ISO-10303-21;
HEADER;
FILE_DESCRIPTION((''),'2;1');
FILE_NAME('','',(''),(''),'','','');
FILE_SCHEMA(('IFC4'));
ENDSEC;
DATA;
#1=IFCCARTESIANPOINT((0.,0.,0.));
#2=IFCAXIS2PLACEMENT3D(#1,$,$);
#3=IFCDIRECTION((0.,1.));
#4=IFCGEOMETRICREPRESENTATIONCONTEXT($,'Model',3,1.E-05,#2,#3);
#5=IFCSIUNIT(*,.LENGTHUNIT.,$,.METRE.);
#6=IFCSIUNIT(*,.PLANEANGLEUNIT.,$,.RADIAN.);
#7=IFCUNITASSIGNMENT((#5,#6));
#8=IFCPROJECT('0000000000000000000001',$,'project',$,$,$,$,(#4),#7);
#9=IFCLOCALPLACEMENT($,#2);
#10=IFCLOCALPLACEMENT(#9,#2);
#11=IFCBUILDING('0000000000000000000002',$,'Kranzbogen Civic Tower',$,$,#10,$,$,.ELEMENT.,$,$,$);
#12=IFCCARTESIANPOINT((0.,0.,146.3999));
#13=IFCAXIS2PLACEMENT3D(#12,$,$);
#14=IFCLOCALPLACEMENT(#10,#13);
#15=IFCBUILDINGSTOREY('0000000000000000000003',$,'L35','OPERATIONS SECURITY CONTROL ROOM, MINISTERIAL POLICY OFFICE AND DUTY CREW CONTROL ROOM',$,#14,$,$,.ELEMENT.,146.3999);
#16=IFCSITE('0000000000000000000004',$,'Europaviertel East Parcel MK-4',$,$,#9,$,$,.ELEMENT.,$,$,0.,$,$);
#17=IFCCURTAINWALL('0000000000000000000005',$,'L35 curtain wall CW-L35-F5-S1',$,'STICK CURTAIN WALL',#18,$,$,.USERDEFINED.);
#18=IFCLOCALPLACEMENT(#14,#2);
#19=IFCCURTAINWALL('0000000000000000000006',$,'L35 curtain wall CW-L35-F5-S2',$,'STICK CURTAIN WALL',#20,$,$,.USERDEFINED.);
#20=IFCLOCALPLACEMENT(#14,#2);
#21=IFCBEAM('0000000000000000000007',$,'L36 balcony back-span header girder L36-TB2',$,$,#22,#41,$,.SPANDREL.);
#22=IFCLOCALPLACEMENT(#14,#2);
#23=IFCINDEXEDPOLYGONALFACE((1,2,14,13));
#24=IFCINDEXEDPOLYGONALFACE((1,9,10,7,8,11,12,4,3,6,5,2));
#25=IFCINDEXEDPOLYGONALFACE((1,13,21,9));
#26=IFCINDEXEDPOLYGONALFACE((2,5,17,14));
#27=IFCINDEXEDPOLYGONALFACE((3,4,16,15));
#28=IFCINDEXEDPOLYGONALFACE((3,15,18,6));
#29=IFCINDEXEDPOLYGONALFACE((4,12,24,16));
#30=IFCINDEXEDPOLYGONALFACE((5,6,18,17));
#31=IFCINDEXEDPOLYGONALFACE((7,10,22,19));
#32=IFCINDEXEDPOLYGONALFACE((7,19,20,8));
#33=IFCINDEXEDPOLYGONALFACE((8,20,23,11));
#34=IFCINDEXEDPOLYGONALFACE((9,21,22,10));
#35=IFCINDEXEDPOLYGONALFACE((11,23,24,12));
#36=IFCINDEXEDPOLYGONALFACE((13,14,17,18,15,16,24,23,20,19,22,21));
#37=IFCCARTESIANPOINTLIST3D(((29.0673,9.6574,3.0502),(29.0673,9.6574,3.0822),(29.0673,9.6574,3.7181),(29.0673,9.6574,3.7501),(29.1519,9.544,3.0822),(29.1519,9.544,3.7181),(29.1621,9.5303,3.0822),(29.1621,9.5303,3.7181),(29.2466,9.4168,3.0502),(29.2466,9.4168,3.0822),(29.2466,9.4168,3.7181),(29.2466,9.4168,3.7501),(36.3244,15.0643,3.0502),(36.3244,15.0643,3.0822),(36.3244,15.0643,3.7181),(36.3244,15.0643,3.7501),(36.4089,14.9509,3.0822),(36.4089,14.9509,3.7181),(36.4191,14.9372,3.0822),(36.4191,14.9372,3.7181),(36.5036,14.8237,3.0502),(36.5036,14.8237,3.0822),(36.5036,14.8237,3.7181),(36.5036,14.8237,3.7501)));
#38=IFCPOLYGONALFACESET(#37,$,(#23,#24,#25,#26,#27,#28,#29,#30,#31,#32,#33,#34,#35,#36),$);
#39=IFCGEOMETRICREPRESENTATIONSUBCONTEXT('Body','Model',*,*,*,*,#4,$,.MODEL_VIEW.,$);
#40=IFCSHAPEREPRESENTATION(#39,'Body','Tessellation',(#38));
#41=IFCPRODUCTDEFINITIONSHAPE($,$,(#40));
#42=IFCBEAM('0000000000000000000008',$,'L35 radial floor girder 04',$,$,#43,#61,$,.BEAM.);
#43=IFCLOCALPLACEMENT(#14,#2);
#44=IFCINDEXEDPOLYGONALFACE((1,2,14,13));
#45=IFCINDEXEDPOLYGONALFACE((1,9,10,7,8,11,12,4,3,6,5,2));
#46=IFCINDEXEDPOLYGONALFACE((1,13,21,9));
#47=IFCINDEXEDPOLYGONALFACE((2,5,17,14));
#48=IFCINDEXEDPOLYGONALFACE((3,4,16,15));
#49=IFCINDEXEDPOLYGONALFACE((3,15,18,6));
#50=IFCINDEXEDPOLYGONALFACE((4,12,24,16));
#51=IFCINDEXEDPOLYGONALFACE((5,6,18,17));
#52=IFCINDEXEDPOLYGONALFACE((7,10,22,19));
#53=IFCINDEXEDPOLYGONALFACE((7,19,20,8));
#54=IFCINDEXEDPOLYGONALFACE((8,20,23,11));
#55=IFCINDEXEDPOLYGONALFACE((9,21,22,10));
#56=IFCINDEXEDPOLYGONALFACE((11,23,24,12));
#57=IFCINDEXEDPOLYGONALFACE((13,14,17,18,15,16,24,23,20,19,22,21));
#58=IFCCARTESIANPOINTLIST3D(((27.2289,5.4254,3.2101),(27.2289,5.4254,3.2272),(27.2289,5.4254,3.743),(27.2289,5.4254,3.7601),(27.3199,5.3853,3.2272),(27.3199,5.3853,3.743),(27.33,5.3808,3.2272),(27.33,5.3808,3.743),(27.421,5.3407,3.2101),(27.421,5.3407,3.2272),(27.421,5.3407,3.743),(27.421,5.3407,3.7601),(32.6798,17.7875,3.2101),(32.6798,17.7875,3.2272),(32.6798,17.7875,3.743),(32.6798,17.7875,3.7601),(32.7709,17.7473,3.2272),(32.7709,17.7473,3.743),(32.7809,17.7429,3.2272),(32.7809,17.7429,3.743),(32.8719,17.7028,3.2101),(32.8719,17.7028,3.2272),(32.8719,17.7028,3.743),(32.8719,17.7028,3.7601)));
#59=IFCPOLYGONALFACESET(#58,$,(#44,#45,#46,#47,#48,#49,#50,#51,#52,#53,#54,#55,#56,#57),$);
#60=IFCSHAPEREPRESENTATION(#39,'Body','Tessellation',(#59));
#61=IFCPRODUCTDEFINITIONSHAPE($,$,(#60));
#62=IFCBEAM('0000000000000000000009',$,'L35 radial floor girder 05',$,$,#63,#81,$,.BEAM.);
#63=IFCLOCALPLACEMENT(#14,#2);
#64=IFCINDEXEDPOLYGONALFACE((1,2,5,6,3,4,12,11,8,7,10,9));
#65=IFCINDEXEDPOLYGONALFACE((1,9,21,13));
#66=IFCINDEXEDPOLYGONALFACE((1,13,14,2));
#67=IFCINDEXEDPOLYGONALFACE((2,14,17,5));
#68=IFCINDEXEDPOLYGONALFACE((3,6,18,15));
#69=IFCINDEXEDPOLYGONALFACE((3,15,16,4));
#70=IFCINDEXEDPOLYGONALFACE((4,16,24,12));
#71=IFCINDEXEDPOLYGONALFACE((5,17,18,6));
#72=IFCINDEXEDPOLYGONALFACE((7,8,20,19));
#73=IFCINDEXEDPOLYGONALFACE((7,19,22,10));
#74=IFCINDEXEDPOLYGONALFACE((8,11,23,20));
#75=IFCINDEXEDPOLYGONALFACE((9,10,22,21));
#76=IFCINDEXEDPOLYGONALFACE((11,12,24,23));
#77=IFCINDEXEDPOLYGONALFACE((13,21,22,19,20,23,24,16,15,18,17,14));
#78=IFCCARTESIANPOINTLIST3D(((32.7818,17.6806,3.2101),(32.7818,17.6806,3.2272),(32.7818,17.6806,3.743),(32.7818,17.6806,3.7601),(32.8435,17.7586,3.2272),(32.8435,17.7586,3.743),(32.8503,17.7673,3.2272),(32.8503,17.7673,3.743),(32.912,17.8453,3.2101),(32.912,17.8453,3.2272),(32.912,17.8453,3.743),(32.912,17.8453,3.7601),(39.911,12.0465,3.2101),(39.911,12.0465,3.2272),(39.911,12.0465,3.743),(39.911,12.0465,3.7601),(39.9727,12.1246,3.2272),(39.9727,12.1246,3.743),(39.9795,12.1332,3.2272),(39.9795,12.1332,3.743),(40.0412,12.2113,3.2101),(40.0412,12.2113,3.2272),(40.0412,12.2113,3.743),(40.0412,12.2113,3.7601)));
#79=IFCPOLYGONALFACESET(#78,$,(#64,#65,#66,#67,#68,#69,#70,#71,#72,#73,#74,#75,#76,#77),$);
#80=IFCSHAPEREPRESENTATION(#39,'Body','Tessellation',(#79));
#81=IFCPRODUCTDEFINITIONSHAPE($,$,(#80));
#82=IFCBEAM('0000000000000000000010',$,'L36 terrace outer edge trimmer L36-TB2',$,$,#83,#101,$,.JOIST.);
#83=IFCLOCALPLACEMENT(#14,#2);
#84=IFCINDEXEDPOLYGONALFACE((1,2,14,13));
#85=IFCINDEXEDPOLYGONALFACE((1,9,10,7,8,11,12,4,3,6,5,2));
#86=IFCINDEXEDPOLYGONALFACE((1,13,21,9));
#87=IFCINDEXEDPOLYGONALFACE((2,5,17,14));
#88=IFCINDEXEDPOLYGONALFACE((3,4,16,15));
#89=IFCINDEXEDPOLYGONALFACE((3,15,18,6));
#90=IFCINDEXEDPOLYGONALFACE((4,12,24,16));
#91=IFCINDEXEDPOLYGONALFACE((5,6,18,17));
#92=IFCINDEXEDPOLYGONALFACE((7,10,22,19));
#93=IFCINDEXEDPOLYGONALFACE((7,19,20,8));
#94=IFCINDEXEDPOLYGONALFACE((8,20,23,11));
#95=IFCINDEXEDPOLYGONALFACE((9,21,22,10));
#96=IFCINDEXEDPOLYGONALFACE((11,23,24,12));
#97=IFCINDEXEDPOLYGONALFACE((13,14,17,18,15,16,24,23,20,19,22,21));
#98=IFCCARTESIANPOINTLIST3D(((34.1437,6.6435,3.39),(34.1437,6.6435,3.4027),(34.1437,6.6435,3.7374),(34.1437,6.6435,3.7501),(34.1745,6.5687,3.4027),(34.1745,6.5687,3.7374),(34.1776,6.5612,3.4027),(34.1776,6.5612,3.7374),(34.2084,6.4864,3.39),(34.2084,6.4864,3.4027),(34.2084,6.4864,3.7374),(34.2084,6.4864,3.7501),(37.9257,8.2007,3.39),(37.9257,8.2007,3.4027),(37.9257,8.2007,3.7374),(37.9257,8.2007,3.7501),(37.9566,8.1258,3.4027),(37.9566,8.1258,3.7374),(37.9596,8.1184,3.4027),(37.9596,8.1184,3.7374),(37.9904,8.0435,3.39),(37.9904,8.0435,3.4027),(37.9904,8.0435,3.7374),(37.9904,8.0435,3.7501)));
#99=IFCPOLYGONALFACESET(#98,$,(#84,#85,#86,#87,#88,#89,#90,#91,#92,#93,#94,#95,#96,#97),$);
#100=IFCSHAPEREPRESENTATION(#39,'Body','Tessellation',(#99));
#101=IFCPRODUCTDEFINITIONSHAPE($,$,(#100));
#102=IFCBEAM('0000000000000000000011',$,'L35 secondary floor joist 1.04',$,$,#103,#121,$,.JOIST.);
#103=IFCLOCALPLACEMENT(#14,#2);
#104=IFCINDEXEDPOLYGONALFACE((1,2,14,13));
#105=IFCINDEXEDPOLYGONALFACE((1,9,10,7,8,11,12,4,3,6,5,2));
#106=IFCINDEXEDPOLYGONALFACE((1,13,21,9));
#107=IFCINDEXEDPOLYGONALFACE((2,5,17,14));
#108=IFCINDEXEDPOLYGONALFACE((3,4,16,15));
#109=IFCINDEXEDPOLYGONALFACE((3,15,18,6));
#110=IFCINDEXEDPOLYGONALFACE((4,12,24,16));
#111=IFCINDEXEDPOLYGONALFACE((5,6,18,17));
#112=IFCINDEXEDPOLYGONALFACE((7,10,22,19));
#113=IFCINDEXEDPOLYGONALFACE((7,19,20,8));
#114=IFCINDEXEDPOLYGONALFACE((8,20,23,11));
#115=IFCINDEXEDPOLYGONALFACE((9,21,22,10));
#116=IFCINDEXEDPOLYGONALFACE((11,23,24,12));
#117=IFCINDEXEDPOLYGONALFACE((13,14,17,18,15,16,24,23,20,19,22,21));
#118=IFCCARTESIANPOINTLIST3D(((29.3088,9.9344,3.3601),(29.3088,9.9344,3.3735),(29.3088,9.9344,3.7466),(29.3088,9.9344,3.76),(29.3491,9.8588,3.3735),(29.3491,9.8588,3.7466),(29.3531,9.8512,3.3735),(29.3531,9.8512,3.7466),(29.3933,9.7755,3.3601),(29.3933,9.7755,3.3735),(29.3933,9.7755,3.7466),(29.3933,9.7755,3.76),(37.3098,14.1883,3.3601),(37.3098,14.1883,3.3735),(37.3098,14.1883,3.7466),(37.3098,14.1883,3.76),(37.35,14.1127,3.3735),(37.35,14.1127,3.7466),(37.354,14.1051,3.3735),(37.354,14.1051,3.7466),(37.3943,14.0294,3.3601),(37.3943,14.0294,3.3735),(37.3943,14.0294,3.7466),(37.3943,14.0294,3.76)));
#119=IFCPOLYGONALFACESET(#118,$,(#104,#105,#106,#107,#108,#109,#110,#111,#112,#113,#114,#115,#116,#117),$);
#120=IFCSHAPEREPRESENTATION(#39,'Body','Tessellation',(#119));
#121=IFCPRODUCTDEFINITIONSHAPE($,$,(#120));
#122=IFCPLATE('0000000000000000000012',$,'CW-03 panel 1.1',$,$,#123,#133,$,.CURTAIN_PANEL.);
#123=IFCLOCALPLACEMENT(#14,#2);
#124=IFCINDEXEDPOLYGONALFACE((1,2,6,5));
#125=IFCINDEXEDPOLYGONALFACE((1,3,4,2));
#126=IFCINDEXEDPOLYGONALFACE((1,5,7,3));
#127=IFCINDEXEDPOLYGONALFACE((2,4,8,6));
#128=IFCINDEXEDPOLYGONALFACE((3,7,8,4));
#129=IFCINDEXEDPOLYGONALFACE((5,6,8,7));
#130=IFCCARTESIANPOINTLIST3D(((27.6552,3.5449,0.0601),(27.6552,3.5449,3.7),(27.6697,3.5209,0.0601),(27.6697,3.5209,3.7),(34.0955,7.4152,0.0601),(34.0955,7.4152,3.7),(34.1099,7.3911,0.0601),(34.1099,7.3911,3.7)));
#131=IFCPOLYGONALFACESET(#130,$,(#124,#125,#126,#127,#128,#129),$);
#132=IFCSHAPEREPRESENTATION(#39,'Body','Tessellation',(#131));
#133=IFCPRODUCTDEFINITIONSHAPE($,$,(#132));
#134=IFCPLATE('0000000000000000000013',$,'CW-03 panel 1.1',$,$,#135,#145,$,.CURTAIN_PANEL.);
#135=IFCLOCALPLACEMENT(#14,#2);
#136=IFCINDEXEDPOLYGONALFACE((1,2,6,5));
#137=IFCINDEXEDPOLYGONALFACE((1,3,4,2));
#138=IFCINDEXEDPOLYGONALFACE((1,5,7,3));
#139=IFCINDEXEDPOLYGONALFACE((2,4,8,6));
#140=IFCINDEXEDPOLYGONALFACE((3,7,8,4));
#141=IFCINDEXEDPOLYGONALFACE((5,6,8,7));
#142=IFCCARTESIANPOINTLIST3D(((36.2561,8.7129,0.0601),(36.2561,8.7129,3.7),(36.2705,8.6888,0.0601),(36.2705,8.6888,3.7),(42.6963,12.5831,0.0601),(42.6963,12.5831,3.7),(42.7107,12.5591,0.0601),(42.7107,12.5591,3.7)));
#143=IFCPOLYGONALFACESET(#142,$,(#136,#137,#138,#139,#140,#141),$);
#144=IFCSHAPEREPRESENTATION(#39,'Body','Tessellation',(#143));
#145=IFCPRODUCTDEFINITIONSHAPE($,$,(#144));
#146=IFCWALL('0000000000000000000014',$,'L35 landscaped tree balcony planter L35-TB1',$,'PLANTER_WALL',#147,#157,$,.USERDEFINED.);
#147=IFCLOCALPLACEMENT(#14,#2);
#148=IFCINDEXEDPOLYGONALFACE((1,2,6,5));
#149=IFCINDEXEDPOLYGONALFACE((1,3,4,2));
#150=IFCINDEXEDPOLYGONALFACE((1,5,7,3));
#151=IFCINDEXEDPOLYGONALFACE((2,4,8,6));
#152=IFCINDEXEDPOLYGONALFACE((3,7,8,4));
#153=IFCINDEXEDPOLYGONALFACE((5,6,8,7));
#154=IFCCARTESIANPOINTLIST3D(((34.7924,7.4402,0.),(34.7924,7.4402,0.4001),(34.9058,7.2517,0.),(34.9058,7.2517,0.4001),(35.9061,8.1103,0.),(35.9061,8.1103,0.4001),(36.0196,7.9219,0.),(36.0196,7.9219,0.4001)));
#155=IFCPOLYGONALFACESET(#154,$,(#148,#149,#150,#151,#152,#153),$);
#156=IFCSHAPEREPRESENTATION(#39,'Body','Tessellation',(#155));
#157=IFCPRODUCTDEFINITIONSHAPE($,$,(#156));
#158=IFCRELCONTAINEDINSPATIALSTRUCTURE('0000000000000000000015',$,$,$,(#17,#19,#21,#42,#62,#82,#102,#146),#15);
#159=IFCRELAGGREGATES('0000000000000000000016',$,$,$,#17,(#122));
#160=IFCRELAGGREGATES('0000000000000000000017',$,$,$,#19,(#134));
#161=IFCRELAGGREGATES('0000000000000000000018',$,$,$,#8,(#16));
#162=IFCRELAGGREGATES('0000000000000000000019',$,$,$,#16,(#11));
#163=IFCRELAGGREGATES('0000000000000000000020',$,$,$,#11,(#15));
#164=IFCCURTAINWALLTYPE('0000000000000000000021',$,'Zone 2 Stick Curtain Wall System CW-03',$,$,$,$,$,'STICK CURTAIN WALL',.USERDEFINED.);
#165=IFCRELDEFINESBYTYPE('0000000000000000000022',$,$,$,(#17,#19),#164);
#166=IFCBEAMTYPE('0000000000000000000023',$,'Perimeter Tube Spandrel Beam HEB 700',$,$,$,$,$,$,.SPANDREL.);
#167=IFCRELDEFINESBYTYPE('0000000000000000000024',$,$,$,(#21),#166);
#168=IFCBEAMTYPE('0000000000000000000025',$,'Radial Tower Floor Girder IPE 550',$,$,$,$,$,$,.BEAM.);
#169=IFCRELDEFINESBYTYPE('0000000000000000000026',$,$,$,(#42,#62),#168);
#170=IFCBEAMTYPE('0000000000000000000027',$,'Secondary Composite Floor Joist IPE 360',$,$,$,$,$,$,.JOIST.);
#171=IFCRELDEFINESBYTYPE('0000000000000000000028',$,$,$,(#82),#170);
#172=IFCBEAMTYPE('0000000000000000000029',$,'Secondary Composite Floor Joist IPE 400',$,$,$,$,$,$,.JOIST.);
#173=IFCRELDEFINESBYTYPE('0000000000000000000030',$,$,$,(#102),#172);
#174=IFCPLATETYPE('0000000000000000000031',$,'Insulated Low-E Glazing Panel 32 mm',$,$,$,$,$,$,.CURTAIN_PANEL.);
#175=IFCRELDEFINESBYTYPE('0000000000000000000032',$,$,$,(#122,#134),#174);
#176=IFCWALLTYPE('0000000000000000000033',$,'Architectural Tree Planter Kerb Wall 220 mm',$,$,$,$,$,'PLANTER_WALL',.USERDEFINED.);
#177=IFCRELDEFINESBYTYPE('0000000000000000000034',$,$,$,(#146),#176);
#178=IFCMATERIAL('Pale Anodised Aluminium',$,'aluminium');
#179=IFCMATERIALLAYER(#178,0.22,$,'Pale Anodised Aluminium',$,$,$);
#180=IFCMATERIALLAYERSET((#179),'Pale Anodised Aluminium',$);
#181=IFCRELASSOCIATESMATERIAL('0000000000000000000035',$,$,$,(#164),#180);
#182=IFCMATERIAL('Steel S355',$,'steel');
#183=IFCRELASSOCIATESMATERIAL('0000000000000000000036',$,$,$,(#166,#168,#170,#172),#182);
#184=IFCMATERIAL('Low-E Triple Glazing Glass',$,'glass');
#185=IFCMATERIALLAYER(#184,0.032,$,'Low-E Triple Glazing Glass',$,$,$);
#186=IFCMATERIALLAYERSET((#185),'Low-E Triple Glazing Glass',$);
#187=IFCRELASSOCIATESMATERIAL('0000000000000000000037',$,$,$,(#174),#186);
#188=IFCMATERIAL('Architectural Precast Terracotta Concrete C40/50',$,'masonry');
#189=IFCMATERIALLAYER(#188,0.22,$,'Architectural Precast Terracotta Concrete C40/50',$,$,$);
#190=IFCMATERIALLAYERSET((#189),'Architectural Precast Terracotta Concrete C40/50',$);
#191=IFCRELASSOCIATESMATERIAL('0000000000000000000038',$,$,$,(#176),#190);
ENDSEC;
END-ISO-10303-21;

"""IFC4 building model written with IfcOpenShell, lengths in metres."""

from ifc_helpers import new_model, si_unit, direction, frame, frame_2d, origin, origin_2d, place, context, subcontext, project, spatial, rectangle, i_section, extrude, material, layer, layer_set, material_profile, profile_set, type_object, element, aggregate, save


model = new_model("IFC4")

# Units and contexts
model_context = context("Model", 3, precision=1e-05, world=origin(), true_north=direction((0.0, 1.0)))
body_context = subcontext(model_context, "Body", "Model", "MODEL_VIEW")
ifc_project = project(units=[si_unit("LENGTHUNIT", "METRE"), si_unit("PLANEANGLEUNIT", "RADIAN")], contexts=[model_context])

# Site, building, storey
site_placement = place(None, origin())
site = spatial("IfcSite", under=ifc_project, at=site_placement, Name="Europaviertel East Parcel MK-4", CompositionType="ELEMENT", RefElevation=0.0)
building_placement = place(site_placement, origin())
building = spatial("IfcBuilding", under=site, at=building_placement, Name="Kranzbogen Civic Tower", CompositionType="ELEMENT")
storey_placement = place(building_placement, frame((0.0, 0.0, 146.3999)))
storey = spatial("IfcBuildingStorey", under=building, at=storey_placement, Name="L35", Description="OPERATIONS SECURITY CONTROL ROOM, MINISTERIAL POLICY OFFICE AND DUTY CREW CONTROL ROOM", CompositionType="ELEMENT", Elevation=146.3999)

# Shared definitions
ifc_material_1 = material(Name="Steel S355", Category="steel")

# Curtain wall
ifc_material_2 = material(Name="Pale Anodised Aluminium", Category="aluminium")
ifc_layer_1 = layer(ifc_material_2, 0.22, Name="Pale Anodised Aluminium")
ifc_layer_set_1 = layer_set([ifc_layer_1], Name="Pale Anodised Aluminium")
curtain_wall_type = type_object("IfcCurtainWallType", Name="Zone 2 Stick Curtain Wall System CW-03", ElementType="STICK CURTAIN WALL", PredefinedType="USERDEFINED", material=ifc_layer_set_1)
curtain_wall_1_placement = place(storey_placement, origin())
curtain_wall_1 = element("IfcCurtainWall", 1, at=curtain_wall_1_placement, inside=storey, type_object=curtain_wall_type, Name="L35 curtain wall CW-L35-F5-S1", ObjectType="STICK CURTAIN WALL", PredefinedType="USERDEFINED")

# Curtain wall
curtain_wall_2_placement = place(storey_placement, origin())
curtain_wall_2 = element("IfcCurtainWall", 2, at=curtain_wall_2_placement, inside=storey, type_object=curtain_wall_type, Name="L35 curtain wall CW-L35-F5-S2", ObjectType="STICK CURTAIN WALL", PredefinedType="USERDEFINED")

# Beams
ifc_material_profile_1 = material_profile(ifc_material_1, i_section(OverallWidth=0.3, OverallDepth=0.7, WebThickness=0.0171, FlangeThickness=0.032, at=origin_2d()), Name="HEB 700")
ifc_profile_set_1 = profile_set([ifc_material_profile_1], Name="Steel S355")
beam_type_1 = type_object("IfcBeamType", Name="Perimeter Tube Spandrel Beam HEB 700", PredefinedType="SPANDREL", material=ifc_profile_set_1)
beam_1_placement = place(storey_placement, frame((29.157, 9.5371, 3.4001), z_axis=(0.801896, 0.597463, 0.0), x_axis=(-0.597463, 0.801896, 0.0)))
element("IfcBeam", 3, at=beam_1_placement, inside=storey, type_object=beam_type_1, Name="L36 balcony back-span header girder L36-TB2", PredefinedType="SPANDREL", context=body_context, shape_type="SweptSolid", body=[
    extrude(i_section(OverallWidth=0.3, OverallDepth=0.7, WebThickness=0.0171, FlangeThickness=0.032, at=origin_2d()), origin(), (0.0, 0.0, 1.0), 9.0498),
])
ifc_material_profile_2 = material_profile(ifc_material_1, i_section(OverallWidth=0.21, OverallDepth=0.55, WebThickness=0.011, FlangeThickness=0.0171, at=origin_2d()), Name="IPE 550")
ifc_profile_set_2 = profile_set([ifc_material_profile_2], Name="Steel S355")
beam_type_2 = type_object("IfcBeamType", Name="Radial Tower Floor Girder IPE 550", PredefinedType="BEAM", material=ifc_profile_set_2)
beam_2_placement = place(storey_placement, frame((27.325, 5.3831, 3.4851), z_axis=(0.403459, 0.914998, 0.0), x_axis=(-0.914998, 0.403459, 0.0)))
element("IfcBeam", 4, at=beam_2_placement, inside=storey, type_object=beam_type_2, Name="L35 radial floor girder 04", PredefinedType="BEAM", context=body_context, shape_type="SweptSolid", body=[
    extrude(i_section(OverallWidth=0.21, OverallDepth=0.55, WebThickness=0.011, FlangeThickness=0.0171, at=origin_2d()), origin(), (0.0, 0.0, 1.0), 13.5105),
])
beam_3_placement = place(storey_placement, frame((39.9761, 12.1289, 3.4851), z_axis=(-0.784575, 0.620034, 0.0), x_axis=(-0.620034, -0.784575, 0.0)))
element("IfcBeam", 5, at=beam_3_placement, inside=storey, type_object=beam_type_2, Name="L35 radial floor girder 05", PredefinedType="BEAM", context=body_context, shape_type="SweptSolid", body=[
    extrude(i_section(OverallWidth=0.21, OverallDepth=0.55, WebThickness=0.011, FlangeThickness=0.0171, at=origin_2d()), origin(), (0.0, 0.0, 1.0), 9.0867),
])
ifc_material_profile_3 = material_profile(ifc_material_1, i_section(OverallWidth=0.1699, OverallDepth=0.3601, WebThickness=0.0081, FlangeThickness=0.0127, at=origin_2d()), Name="IPE 360")
ifc_profile_set_3 = profile_set([ifc_material_profile_3], Name="Steel S355")
beam_type_3 = type_object("IfcBeamType", Name="Secondary Composite Floor Joist IPE 360", PredefinedType="JOIST", material=ifc_profile_set_3)
beam_4_placement = place(storey_placement, frame((34.176, 6.5649, 3.5701), z_axis=(0.924692, 0.380717, 0.0), x_axis=(-0.380717, 0.924692, 0.0)))
element("IfcBeam", 6, at=beam_4_placement, inside=storey, type_object=beam_type_3, Name="L36 terrace outer edge trimmer L36-TB2", PredefinedType="JOIST", context=body_context, shape_type="SweptSolid", body=[
    extrude(i_section(OverallWidth=0.1699, OverallDepth=0.3601, WebThickness=0.0081, FlangeThickness=0.0127, at=origin_2d()), origin(), (0.0, 0.0, 1.0), 4.0901),
])
ifc_material_profile_4 = material_profile(ifc_material_1, i_section(OverallWidth=0.1799, OverallDepth=0.3999, WebThickness=0.0085, FlangeThickness=0.0134, at=origin_2d()), Name="IPE 400")
ifc_profile_set_4 = profile_set([ifc_material_profile_4], Name="Steel S355")
beam_type_4 = type_object("IfcBeamType", Name="Secondary Composite Floor Joist IPE 400", PredefinedType="JOIST", material=ifc_profile_set_4)
beam_5_placement = place(storey_placement, frame((29.3511, 9.855, 3.5601), z_axis=(0.882961, 0.469447, 0.0), x_axis=(-0.469447, 0.882961, 0.0)))
element("IfcBeam", 7, at=beam_5_placement, inside=storey, type_object=beam_type_4, Name="L35 secondary floor joist 1.04", PredefinedType="JOIST", context=body_context, shape_type="SweptSolid", body=[
    extrude(i_section(OverallWidth=0.1799, OverallDepth=0.3999, WebThickness=0.0085, FlangeThickness=0.0134, at=origin_2d()), origin(), (0.0, 0.0, 1.0), 9.0615),
])

# Plates
ifc_material_3 = material(Name="Low-E Triple Glazing Glass", Category="glass")
ifc_layer_2 = layer(ifc_material_3, 0.032, Name="Low-E Triple Glazing Glass")
ifc_layer_set_2 = layer_set([ifc_layer_2], Name="Low-E Triple Glazing Glass")
plate_type = type_object("IfcPlateType", Name="Insulated Low-E Glazing Panel 32 mm", PredefinedType="CURTAIN_PANEL", material=ifc_layer_set_2)
plate_1_placement = place(storey_placement, frame((30.8826, 5.468, 0.0601), z_axis=(0.0, 0.0, 1.0), x_axis=(0.857134, 0.515093, 0.0)))
plate_1 = element("IfcPlate", 8, at=plate_1_placement, type_object=plate_type, Name="CW-03 panel 1.1", PredefinedType="CURTAIN_PANEL", context=body_context, shape_type="SweptSolid", body=[
    extrude(rectangle(XDim=7.5137, YDim=0.0281, at=origin_2d()), origin(), (0.0, 0.0, 1.0), 3.6399),
])
aggregate(curtain_wall_1, [plate_1])
plate_2_placement = place(storey_placement, frame((39.4834, 10.636, 0.0601), z_axis=(0.0, 0.0, 1.0), x_axis=(0.857134, 0.515093, 0.0)))
plate_2 = element("IfcPlate", 9, at=plate_2_placement, type_object=plate_type, Name="CW-03 panel 1.1", PredefinedType="CURTAIN_PANEL", context=body_context, shape_type="SweptSolid", body=[
    extrude(rectangle(XDim=7.5137, YDim=0.0281, at=origin_2d()), origin(), (0.0, 0.0, 1.0), 3.6399),
])
aggregate(curtain_wall_2, [plate_2])

# Wall
ifc_material_4 = material(Name="Architectural Precast Terracotta Concrete C40/50", Category="masonry")
ifc_layer_3 = layer(ifc_material_4, 0.22, Name="Architectural Precast Terracotta Concrete C40/50")
ifc_layer_set_3 = layer_set([ifc_layer_3], Name="Architectural Precast Terracotta Concrete C40/50")
wall_type_1 = type_object("IfcWallType", Name="Architectural Tree Planter Kerb Wall 220 mm", ElementType="PLANTER_WALL", PredefinedType="USERDEFINED", material=ifc_layer_set_3)
wall_1_placement = place(storey_placement, frame((34.8491, 7.3459, 0.0), z_axis=(0.0, 0.0, 1.0), x_axis=(0.856846, 0.515573, 0.0)))
element("IfcWall", 10, at=wall_1_placement, inside=storey, type_object=wall_type_1, Name="L35 landscaped tree balcony planter L35-TB1", ObjectType="PLANTER_WALL", PredefinedType="USERDEFINED", context=body_context, shape_type="SweptSolid", body=[
    extrude(rectangle(XDim=1.2998, YDim=0.22, at=frame_2d((0.6499, 0.0))), origin(), (0.0, 0.0, 1.0), 0.4001),
])

save(model, "model.ifc")
